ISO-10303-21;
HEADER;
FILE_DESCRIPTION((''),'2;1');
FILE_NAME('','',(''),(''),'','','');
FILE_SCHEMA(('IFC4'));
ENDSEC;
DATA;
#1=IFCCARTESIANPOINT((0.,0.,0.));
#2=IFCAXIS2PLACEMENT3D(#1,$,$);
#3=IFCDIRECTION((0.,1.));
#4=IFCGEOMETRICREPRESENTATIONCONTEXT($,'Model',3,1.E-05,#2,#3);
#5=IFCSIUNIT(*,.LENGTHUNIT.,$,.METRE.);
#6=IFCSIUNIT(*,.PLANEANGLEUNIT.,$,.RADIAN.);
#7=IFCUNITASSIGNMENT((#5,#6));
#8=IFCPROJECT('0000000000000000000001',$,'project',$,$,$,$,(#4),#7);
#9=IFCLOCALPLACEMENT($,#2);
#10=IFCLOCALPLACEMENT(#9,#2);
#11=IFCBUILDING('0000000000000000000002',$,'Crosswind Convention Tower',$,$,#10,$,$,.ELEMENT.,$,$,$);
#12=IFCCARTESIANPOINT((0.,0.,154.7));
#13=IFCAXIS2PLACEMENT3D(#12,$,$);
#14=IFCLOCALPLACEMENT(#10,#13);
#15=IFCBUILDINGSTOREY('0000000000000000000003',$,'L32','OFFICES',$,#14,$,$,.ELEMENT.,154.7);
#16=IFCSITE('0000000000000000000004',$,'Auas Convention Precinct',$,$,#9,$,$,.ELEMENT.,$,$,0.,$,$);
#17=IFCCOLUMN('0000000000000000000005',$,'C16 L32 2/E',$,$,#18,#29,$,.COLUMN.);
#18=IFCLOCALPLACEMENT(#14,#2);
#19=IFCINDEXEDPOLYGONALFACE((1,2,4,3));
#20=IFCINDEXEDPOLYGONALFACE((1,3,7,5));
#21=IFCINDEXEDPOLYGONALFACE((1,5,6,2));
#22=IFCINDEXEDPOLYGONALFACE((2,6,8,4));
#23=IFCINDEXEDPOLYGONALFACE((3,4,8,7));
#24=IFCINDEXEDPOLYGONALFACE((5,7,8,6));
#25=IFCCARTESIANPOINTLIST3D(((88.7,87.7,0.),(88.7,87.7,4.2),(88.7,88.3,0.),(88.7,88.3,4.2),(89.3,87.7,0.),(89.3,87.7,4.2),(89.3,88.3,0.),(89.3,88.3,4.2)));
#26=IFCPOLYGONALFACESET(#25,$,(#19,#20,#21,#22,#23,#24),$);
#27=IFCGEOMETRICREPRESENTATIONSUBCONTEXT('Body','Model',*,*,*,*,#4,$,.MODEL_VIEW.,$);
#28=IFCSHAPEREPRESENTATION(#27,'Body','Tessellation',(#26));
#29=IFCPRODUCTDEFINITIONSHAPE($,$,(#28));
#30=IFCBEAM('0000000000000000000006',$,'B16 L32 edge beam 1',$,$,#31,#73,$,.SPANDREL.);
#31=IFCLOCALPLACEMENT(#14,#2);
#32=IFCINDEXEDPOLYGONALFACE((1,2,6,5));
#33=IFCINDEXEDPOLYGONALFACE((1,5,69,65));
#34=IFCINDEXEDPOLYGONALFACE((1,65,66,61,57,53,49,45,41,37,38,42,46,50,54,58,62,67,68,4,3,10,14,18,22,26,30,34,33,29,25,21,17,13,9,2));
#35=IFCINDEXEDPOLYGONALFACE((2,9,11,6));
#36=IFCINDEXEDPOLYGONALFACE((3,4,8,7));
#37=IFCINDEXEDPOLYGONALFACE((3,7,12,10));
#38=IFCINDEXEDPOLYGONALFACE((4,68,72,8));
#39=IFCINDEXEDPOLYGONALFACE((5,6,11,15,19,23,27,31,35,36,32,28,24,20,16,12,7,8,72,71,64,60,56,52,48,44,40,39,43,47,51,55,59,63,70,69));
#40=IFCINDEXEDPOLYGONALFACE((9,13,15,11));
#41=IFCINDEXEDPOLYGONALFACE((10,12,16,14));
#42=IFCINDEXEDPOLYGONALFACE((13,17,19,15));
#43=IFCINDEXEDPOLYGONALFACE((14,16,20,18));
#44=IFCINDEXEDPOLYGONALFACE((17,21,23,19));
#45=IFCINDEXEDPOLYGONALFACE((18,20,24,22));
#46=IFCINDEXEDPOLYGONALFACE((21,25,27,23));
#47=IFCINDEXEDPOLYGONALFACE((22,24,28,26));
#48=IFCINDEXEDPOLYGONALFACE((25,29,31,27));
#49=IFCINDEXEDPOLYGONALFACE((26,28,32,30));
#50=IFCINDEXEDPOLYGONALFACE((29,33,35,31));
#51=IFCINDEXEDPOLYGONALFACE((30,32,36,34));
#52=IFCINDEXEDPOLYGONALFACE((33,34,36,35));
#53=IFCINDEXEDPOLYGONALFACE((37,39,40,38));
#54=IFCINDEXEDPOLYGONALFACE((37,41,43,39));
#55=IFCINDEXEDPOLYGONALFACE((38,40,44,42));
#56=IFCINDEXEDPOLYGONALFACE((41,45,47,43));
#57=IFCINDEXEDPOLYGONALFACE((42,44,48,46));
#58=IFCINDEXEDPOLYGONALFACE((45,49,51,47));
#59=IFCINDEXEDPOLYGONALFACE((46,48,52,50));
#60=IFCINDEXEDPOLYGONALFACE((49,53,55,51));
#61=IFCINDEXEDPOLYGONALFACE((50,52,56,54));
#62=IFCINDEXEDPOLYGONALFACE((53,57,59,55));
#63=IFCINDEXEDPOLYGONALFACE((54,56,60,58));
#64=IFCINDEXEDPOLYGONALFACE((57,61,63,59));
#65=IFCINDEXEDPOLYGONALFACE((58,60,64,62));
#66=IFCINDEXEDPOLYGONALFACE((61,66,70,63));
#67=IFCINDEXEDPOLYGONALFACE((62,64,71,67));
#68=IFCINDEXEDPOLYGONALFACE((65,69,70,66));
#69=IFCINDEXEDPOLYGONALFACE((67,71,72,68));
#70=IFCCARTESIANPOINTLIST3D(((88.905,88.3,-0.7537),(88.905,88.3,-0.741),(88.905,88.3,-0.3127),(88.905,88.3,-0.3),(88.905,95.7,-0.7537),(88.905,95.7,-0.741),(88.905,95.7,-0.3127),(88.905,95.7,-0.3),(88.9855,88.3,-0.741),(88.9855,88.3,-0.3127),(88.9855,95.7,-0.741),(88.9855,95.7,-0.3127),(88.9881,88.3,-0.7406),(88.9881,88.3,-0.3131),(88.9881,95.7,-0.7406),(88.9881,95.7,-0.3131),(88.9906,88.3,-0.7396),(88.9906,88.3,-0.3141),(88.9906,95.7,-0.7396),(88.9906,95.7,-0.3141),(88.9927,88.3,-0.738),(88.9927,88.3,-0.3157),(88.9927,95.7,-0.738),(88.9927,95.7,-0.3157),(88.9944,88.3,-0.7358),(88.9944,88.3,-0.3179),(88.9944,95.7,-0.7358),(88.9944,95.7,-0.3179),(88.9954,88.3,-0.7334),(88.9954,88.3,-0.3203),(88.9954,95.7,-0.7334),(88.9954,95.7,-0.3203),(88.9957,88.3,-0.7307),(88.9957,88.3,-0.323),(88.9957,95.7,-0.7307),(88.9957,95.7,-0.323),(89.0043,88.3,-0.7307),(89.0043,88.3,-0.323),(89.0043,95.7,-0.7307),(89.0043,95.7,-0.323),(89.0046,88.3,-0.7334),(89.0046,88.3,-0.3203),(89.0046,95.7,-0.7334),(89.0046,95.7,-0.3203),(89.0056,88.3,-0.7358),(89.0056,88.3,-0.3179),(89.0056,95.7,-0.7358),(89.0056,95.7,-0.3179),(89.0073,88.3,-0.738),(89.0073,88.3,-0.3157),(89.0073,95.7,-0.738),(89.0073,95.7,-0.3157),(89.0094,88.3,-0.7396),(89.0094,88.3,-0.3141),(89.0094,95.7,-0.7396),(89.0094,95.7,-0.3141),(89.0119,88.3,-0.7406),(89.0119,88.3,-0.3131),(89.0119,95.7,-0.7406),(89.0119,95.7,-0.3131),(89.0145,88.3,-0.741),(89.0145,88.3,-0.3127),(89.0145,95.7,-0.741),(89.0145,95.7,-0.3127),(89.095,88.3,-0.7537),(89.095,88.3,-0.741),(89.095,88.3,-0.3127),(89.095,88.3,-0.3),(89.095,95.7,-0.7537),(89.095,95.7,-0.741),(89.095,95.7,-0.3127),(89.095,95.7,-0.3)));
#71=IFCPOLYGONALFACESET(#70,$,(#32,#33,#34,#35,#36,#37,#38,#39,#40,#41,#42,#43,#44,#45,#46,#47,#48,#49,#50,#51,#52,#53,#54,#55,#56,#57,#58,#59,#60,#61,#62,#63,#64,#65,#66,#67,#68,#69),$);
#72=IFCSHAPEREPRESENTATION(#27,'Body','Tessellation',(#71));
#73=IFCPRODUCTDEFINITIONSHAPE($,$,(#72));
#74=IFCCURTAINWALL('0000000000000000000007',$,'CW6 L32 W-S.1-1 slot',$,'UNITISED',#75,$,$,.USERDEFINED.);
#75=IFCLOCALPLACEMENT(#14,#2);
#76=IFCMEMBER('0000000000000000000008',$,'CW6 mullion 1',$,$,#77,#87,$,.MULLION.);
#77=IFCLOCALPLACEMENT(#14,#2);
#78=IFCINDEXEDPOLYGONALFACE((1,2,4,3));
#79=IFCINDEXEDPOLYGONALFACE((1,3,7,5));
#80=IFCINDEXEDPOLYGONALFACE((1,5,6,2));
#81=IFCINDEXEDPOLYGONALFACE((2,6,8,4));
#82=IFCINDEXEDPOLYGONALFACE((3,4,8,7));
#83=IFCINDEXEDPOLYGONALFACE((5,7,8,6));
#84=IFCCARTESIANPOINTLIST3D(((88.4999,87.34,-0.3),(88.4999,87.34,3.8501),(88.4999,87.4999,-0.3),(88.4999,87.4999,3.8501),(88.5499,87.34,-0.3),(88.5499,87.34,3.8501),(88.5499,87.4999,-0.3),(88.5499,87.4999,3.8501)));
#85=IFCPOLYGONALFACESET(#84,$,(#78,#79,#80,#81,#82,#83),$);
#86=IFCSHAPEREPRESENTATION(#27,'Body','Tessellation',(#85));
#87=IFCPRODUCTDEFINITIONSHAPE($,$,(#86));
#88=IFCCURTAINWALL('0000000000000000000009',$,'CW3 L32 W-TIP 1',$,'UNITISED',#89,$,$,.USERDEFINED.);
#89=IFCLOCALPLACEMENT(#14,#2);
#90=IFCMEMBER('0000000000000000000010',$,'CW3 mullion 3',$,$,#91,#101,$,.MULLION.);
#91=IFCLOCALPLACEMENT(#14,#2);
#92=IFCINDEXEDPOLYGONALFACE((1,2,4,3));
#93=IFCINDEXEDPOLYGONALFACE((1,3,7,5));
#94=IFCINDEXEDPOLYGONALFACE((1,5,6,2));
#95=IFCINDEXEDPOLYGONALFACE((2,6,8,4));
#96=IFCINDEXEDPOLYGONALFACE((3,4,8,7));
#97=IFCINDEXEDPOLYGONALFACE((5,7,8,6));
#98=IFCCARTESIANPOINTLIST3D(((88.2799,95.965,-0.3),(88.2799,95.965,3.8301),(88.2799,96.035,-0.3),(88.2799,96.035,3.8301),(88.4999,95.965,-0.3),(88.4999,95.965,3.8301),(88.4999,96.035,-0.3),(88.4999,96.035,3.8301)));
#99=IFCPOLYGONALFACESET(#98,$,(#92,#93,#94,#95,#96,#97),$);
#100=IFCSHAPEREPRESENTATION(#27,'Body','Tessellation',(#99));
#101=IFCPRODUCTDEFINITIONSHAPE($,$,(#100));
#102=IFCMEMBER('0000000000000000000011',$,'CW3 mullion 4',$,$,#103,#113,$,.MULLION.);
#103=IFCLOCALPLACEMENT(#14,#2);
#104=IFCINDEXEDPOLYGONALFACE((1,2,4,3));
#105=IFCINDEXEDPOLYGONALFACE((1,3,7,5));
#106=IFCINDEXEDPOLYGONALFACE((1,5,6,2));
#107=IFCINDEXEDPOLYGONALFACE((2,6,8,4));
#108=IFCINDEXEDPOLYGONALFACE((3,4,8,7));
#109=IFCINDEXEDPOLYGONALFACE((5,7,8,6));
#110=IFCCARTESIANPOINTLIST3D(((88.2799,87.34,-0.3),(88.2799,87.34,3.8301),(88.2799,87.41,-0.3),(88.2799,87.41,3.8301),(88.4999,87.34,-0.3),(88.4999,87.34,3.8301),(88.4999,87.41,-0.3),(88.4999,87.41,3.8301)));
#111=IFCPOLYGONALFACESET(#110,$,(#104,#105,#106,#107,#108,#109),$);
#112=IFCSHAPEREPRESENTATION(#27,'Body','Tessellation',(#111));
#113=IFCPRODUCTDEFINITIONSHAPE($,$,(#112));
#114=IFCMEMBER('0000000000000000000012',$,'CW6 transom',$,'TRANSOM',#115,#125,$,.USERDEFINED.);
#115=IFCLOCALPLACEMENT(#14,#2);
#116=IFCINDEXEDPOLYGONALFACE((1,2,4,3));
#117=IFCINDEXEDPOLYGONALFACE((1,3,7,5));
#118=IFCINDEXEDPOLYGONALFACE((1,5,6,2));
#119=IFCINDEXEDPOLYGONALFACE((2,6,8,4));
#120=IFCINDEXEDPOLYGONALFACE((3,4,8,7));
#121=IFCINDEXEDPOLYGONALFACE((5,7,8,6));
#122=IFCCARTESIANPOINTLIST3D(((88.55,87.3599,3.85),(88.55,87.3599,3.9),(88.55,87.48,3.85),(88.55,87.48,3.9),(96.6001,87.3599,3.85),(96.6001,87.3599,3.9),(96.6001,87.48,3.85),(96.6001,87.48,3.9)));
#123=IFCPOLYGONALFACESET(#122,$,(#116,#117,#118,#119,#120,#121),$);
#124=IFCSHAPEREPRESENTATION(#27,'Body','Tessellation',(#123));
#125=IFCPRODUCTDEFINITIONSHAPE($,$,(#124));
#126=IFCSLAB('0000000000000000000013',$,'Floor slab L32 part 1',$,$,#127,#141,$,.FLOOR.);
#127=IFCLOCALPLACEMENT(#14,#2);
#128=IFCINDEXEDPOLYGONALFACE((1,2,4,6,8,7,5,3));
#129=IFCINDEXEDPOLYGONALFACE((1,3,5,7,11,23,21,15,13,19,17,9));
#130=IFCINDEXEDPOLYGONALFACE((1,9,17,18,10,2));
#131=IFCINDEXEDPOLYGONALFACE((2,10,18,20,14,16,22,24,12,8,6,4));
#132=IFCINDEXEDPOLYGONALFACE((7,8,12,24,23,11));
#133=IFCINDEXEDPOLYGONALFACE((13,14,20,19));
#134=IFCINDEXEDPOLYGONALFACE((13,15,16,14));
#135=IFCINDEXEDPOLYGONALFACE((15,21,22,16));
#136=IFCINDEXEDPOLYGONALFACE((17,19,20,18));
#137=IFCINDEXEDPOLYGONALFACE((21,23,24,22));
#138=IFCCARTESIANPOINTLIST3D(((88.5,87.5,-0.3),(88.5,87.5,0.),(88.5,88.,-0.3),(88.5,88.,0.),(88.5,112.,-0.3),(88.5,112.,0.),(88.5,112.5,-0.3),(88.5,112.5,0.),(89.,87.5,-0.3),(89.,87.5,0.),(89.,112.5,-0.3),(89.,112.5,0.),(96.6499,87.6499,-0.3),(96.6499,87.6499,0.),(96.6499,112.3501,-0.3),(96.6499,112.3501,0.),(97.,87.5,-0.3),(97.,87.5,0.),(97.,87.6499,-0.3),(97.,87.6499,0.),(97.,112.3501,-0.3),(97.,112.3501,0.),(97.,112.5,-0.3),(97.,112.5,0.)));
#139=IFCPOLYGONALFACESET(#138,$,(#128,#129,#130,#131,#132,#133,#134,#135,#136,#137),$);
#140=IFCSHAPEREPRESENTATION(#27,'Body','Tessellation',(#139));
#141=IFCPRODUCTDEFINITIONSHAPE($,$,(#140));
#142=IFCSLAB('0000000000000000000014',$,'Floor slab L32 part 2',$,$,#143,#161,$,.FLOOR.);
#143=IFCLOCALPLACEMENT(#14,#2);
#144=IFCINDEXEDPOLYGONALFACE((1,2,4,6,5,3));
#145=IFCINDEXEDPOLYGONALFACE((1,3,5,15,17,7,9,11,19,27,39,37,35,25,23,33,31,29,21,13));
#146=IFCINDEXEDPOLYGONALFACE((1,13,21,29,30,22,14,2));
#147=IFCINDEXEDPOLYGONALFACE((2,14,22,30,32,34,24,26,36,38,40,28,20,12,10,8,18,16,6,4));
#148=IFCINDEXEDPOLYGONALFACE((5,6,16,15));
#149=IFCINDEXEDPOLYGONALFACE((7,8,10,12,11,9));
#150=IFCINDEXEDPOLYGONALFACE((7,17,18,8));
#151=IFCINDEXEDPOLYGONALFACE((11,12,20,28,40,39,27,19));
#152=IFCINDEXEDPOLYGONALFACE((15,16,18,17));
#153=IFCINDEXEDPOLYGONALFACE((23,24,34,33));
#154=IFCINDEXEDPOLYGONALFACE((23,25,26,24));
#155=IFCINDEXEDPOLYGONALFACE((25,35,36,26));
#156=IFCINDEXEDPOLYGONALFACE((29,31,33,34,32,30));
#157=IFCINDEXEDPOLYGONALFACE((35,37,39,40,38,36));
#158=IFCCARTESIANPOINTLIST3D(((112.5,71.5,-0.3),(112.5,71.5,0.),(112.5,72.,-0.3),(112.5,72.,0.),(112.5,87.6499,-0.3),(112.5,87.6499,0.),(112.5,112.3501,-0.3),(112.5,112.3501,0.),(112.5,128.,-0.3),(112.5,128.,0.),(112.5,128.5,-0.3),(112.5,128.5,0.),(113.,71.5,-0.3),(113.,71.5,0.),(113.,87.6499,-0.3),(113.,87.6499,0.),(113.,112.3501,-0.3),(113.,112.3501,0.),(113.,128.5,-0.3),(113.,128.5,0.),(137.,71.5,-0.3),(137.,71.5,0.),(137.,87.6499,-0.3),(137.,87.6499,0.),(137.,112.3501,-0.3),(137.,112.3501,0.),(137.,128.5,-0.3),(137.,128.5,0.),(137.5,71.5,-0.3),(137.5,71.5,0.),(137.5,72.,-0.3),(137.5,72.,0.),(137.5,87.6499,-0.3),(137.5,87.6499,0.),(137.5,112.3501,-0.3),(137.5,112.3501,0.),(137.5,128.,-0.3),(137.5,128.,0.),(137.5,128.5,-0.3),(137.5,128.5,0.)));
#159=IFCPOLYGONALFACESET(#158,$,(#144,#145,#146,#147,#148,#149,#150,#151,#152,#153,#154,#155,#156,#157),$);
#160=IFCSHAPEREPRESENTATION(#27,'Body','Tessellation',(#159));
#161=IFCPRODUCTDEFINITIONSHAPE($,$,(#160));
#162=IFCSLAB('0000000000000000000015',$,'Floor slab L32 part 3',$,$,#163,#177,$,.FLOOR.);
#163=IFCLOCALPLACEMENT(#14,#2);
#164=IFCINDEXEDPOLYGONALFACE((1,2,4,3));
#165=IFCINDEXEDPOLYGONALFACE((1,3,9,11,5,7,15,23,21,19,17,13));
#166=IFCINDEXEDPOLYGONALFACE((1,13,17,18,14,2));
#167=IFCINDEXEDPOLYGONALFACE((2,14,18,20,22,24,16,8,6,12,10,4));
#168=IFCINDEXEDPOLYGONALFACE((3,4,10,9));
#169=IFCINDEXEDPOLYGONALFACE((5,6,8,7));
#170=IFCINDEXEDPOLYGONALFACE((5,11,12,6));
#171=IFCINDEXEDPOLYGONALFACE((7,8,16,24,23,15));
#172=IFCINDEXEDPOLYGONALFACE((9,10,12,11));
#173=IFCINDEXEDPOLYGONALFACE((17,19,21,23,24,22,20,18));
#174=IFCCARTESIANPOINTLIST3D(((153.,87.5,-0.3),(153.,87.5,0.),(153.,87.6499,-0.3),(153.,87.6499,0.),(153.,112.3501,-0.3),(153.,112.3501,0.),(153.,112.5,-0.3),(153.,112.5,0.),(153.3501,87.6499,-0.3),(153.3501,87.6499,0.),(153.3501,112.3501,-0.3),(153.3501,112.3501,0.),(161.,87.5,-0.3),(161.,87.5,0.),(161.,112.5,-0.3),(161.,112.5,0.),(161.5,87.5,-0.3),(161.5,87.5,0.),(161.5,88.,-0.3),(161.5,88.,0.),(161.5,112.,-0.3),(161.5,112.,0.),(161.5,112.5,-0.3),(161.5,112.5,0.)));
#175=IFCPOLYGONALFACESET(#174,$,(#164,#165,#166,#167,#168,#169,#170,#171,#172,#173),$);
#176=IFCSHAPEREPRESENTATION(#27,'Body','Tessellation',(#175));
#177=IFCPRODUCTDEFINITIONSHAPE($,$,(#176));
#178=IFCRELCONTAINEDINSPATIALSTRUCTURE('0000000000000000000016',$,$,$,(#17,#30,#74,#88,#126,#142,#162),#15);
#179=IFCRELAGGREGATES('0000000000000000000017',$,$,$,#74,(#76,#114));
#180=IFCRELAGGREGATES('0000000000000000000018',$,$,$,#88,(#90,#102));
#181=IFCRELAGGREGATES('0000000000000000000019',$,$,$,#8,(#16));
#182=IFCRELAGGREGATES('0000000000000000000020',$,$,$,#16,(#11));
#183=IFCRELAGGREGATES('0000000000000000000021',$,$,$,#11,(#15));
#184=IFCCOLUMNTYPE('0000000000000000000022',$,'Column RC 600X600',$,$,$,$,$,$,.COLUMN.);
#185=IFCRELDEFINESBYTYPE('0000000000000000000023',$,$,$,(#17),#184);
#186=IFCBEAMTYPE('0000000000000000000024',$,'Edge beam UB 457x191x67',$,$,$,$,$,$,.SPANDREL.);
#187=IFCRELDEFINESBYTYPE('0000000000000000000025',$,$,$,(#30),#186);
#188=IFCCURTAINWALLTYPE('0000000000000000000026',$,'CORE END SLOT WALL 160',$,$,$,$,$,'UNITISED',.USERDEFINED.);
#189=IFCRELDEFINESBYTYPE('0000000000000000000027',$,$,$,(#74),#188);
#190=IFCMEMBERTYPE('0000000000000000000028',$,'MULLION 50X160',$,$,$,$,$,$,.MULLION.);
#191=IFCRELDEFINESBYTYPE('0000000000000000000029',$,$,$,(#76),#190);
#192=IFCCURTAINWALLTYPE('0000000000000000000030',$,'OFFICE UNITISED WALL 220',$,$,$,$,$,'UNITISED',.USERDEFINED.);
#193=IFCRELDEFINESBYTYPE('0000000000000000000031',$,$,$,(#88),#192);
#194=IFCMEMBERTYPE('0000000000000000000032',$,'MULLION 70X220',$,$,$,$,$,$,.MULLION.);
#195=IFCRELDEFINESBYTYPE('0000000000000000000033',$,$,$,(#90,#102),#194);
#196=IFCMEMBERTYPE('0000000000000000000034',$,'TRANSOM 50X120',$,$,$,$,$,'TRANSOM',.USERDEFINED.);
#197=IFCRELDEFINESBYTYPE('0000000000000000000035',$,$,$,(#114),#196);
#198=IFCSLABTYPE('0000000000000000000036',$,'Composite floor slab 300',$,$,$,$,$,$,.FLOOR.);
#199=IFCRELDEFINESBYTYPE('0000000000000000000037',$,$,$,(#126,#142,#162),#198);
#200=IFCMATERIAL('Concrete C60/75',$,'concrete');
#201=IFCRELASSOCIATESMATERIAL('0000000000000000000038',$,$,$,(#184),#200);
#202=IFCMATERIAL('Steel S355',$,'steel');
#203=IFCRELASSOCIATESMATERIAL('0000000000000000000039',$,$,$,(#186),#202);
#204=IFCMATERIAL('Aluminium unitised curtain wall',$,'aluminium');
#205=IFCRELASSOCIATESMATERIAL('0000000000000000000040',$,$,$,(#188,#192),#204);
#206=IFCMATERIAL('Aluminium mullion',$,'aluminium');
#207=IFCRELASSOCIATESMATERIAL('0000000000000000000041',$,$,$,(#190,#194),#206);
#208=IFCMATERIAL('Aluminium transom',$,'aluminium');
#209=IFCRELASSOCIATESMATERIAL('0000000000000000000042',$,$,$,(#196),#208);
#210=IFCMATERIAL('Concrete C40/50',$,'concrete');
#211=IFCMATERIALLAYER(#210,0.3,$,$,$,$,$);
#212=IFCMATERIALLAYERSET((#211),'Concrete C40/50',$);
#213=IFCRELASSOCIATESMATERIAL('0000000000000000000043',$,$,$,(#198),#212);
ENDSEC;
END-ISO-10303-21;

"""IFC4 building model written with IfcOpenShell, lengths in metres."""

from ifc_helpers import new_model, si_unit, direction, frame, origin, origin_2d, place, context, subcontext, project, spatial, polyline, rectangle, i_section, outline, extrude, material, layer, layer_set, material_profile, profile_set, type_object, element, aggregate, save


model = new_model("IFC4")

# Units and contexts
model_context = context("Model", 3, precision=1e-05, world=origin(), true_north=direction((0.0, 1.0)))
body_context = subcontext(model_context, "Body", "Model", "MODEL_VIEW")
ifc_project = project(units=[si_unit("LENGTHUNIT", "METRE"), si_unit("PLANEANGLEUNIT", "RADIAN")], contexts=[model_context])

# Site, building, storey
site_placement = place(None, origin())
site = spatial("IfcSite", under=ifc_project, at=site_placement, Name="Auas Convention Precinct", CompositionType="ELEMENT", RefElevation=0.0)
building_placement = place(site_placement, origin())
building = spatial("IfcBuilding", under=site, at=building_placement, Name="Crosswind Convention Tower", CompositionType="ELEMENT")
storey_placement = place(building_placement, frame((0.0, 0.0, 154.7)))
storey = spatial("IfcBuildingStorey", under=building, at=storey_placement, Name="L32", Description="OFFICES", CompositionType="ELEMENT", Elevation=154.7)

# Column
ifc_material_1 = material(Name="Concrete C60/75", Category="concrete")
ifc_material_profile_1 = material_profile(ifc_material_1, rectangle(XDim=0.6001, YDim=0.6001, at=origin_2d()), Name="RC 600X600")
ifc_profile_set_1 = profile_set([ifc_material_profile_1], Name="Concrete C60/75")
column_type = type_object("IfcColumnType", Name="Column RC 600X600", PredefinedType="COLUMN", material=ifc_profile_set_1)
column_placement = place(storey_placement, frame((89.0, 88.0, 0.0), z_axis=(0.0, 0.0, 1.0), x_axis=(1.0, 0.0, 0.0)))
element("IfcColumn", 1, at=column_placement, inside=storey, type_object=column_type, Name="C16 L32 2/E", PredefinedType="COLUMN", context=body_context, shape_type="SweptSolid", body=[
    extrude(rectangle(XDim=0.6001, YDim=0.6001, at=origin_2d()), origin(), (0.0, 0.0, 1.0), 4.2),
])

# Beam
ifc_material_2 = material(Name="Steel S355", Category="steel")
ifc_material_profile_2 = material_profile(ifc_material_2, i_section(OverallWidth=0.1899, OverallDepth=0.4536, WebThickness=0.0085, FlangeThickness=0.0127, FilletRadius=0.0103, at=origin_2d()), Name="UB 457x191x67")
ifc_profile_set_2 = profile_set([ifc_material_profile_2], Name="Steel S355")
beam_type = type_object("IfcBeamType", Name="Edge beam UB 457x191x67", PredefinedType="SPANDREL", material=ifc_profile_set_2)
beam_placement = place(storey_placement, frame((89.0, 88.3, -0.5269), z_axis=(0.0, 1.0, 0.0), x_axis=(-1.0, 0.0, 0.0)))
element("IfcBeam", 2, at=beam_placement, inside=storey, type_object=beam_type, Name="B16 L32 edge beam 1", PredefinedType="SPANDREL", context=body_context, shape_type="SweptSolid", body=[
    extrude(i_section(OverallWidth=0.1899, OverallDepth=0.4536, WebThickness=0.0085, FlangeThickness=0.0127, FilletRadius=0.0103, at=origin_2d()), origin(), (0.0, 0.0, 1.0), 7.3999),
])

# Curtain wall, member
ifc_material_3 = material(Name="Aluminium unitised curtain wall", Category="aluminium")
curtain_wall_type_1 = type_object("IfcCurtainWallType", Name="CORE END SLOT WALL 160", ElementType="UNITISED", PredefinedType="USERDEFINED", material=ifc_material_3)
curtain_wall_1_placement = place(storey_placement, origin())
curtain_wall_1 = element("IfcCurtainWall", 3, at=curtain_wall_1_placement, inside=storey, type_object=curtain_wall_type_1, Name="CW6 L32 W-S.1-1 slot", ObjectType="UNITISED", PredefinedType="USERDEFINED")
ifc_material_4 = material(Name="Aluminium mullion", Category="aluminium")
ifc_material_profile_3 = material_profile(ifc_material_4, rectangle(XDim=0.1599, YDim=0.05, at=origin_2d()), Name="AL 160X50")
ifc_profile_set_3 = profile_set([ifc_material_profile_3], Name="Aluminium mullion")
member_type_1 = type_object("IfcMemberType", Name="MULLION 50X160", PredefinedType="MULLION", material=ifc_profile_set_3)
member_1_placement = place(storey_placement, frame((88.5249, 87.4199, -0.3), z_axis=(0.0, 0.0, 1.0), x_axis=(0.0, -1.0, 0.0)))
member_1 = element("IfcMember", 4, at=member_1_placement, type_object=member_type_1, Name="CW6 mullion 1", PredefinedType="MULLION", context=body_context, shape_type="SweptSolid", body=[
    extrude(rectangle(XDim=0.1599, YDim=0.05, at=origin_2d()), origin(), (0.0, 0.0, 1.0), 4.1501),
])

# Curtain wall, members
curtain_wall_type_2 = type_object("IfcCurtainWallType", Name="OFFICE UNITISED WALL 220", ElementType="UNITISED", PredefinedType="USERDEFINED", material=ifc_material_3)
curtain_wall_2_placement = place(storey_placement, origin())
curtain_wall_2 = element("IfcCurtainWall", 5, at=curtain_wall_2_placement, inside=storey, type_object=curtain_wall_type_2, Name="CW3 L32 W-TIP 1", ObjectType="UNITISED", PredefinedType="USERDEFINED")
ifc_material_profile_4 = material_profile(ifc_material_4, rectangle(XDim=0.22, YDim=0.0701, at=origin_2d()), Name="AL 220X70")
ifc_profile_set_4 = profile_set([ifc_material_profile_4], Name="Aluminium mullion")
member_type_2 = type_object("IfcMemberType", Name="MULLION 70X220", PredefinedType="MULLION", material=ifc_profile_set_4)
member_2_placement = place(storey_placement, frame((88.3899, 96.0, -0.3), z_axis=(0.0, 0.0, 1.0), x_axis=(-1.0, 0.0, 0.0)))
member_2 = element("IfcMember", 6, at=member_2_placement, type_object=member_type_2, Name="CW3 mullion 3", PredefinedType="MULLION", context=body_context, shape_type="SweptSolid", body=[
    extrude(rectangle(XDim=0.22, YDim=0.0701, at=origin_2d()), origin(), (0.0, 0.0, 1.0), 4.1301),
])
member_3_placement = place(storey_placement, frame((88.3899, 87.375, -0.3), z_axis=(0.0, 0.0, 1.0), x_axis=(-1.0, 0.0, 0.0)))
member_3 = element("IfcMember", 7, at=member_3_placement, type_object=member_type_2, Name="CW3 mullion 4", PredefinedType="MULLION", context=body_context, shape_type="SweptSolid", body=[
    extrude(rectangle(XDim=0.22, YDim=0.0701, at=origin_2d()), origin(), (0.0, 0.0, 1.0), 4.1301),
])

# Member
ifc_material_5 = material(Name="Aluminium transom", Category="aluminium")
ifc_material_profile_5 = material_profile(ifc_material_5, rectangle(XDim=0.1201, YDim=0.05, at=origin_2d()), Name="AL 120X50")
ifc_profile_set_5 = profile_set([ifc_material_profile_5], Name="Aluminium transom")
member_type_3 = type_object("IfcMemberType", Name="TRANSOM 50X120", ElementType="TRANSOM", PredefinedType="USERDEFINED", material=ifc_profile_set_5)
member_4_placement = place(storey_placement, frame((88.55, 87.4199, 3.875), z_axis=(1.0, 0.0, 0.0), x_axis=(0.0, 1.0, 0.0)))
member_4 = element("IfcMember", 8, at=member_4_placement, type_object=member_type_3, Name="CW6 transom", ObjectType="TRANSOM", PredefinedType="USERDEFINED", context=body_context, shape_type="SweptSolid", body=[
    extrude(rectangle(XDim=0.1201, YDim=0.05, at=origin_2d()), origin(), (0.0, 0.0, 1.0), 8.05),
])

# Slabs
ifc_material_6 = material(Name="Concrete C40/50", Category="concrete")
ifc_layer_1 = layer(ifc_material_6, 0.3)
ifc_layer_set_1 = layer_set([ifc_layer_1], Name="Concrete C40/50")
slab_type_1 = type_object("IfcSlabType", Name="Composite floor slab 300", PredefinedType="FLOOR", material=ifc_layer_set_1)
slab_1_placement = place(storey_placement, frame((0.0, 0.0, -0.3)))
element("IfcSlab", 9, at=slab_1_placement, inside=storey, type_object=slab_type_1, Name="Floor slab L32 part 1", PredefinedType="FLOOR", context=body_context, shape_type="SweptSolid", body=[
    extrude(outline(polyline([(97.0, 87.5), (89.0, 87.5), (88.5, 87.5), (88.5, 88.0), (88.5, 112.0), (88.5, 112.5), (89.0, 112.5), (97.0, 112.5), (97.0, 112.3501), (96.6499, 112.3501), (96.6499, 87.6499), (97.0, 87.6499), (97.0, 87.5)])), origin(), (0.0, 0.0, 1.0), 0.3),
])
slab_2_placement = place(storey_placement, frame((0.0, 0.0, -0.3)))
element("IfcSlab", 10, at=slab_2_placement, inside=storey, type_object=slab_type_1, Name="Floor slab L32 part 2", PredefinedType="FLOOR", context=body_context, shape_type="SweptSolid", body=[
    extrude(outline(polyline([(112.5, 87.6499), (113.0, 87.6499), (113.0, 112.3501), (112.5, 112.3501), (112.5, 128.0), (112.5, 128.5), (113.0, 128.5), (137.0, 128.5), (137.5, 128.5), (137.5, 128.0), (137.5, 112.3501), (137.0, 112.3501), (137.0, 87.6499), (137.5, 87.6499), (137.5, 72.0), (137.5, 71.5), (137.0, 71.5), (113.0, 71.5), (112.5, 71.5), (112.5, 72.0), (112.5, 87.6499)])), origin(), (0.0, 0.0, 1.0), 0.3),
])
slab_3_placement = place(storey_placement, frame((0.0, 0.0, -0.3)))
element("IfcSlab", 11, at=slab_3_placement, inside=storey, type_object=slab_type_1, Name="Floor slab L32 part 3", PredefinedType="FLOOR", context=body_context, shape_type="SweptSolid", body=[
    extrude(outline(polyline([(153.0, 112.5), (161.0, 112.5), (161.5, 112.5), (161.5, 112.0), (161.5, 88.0), (161.5, 87.5), (161.0, 87.5), (153.0, 87.5), (153.0, 87.6499), (153.3501, 87.6499), (153.3501, 112.3501), (153.0, 112.3501), (153.0, 112.5)])), origin(), (0.0, 0.0, 1.0), 0.3),
])

aggregate(curtain_wall_1, [member_1, member_4])
aggregate(curtain_wall_2, [member_2, member_3])

save(model, "model.ifc")
